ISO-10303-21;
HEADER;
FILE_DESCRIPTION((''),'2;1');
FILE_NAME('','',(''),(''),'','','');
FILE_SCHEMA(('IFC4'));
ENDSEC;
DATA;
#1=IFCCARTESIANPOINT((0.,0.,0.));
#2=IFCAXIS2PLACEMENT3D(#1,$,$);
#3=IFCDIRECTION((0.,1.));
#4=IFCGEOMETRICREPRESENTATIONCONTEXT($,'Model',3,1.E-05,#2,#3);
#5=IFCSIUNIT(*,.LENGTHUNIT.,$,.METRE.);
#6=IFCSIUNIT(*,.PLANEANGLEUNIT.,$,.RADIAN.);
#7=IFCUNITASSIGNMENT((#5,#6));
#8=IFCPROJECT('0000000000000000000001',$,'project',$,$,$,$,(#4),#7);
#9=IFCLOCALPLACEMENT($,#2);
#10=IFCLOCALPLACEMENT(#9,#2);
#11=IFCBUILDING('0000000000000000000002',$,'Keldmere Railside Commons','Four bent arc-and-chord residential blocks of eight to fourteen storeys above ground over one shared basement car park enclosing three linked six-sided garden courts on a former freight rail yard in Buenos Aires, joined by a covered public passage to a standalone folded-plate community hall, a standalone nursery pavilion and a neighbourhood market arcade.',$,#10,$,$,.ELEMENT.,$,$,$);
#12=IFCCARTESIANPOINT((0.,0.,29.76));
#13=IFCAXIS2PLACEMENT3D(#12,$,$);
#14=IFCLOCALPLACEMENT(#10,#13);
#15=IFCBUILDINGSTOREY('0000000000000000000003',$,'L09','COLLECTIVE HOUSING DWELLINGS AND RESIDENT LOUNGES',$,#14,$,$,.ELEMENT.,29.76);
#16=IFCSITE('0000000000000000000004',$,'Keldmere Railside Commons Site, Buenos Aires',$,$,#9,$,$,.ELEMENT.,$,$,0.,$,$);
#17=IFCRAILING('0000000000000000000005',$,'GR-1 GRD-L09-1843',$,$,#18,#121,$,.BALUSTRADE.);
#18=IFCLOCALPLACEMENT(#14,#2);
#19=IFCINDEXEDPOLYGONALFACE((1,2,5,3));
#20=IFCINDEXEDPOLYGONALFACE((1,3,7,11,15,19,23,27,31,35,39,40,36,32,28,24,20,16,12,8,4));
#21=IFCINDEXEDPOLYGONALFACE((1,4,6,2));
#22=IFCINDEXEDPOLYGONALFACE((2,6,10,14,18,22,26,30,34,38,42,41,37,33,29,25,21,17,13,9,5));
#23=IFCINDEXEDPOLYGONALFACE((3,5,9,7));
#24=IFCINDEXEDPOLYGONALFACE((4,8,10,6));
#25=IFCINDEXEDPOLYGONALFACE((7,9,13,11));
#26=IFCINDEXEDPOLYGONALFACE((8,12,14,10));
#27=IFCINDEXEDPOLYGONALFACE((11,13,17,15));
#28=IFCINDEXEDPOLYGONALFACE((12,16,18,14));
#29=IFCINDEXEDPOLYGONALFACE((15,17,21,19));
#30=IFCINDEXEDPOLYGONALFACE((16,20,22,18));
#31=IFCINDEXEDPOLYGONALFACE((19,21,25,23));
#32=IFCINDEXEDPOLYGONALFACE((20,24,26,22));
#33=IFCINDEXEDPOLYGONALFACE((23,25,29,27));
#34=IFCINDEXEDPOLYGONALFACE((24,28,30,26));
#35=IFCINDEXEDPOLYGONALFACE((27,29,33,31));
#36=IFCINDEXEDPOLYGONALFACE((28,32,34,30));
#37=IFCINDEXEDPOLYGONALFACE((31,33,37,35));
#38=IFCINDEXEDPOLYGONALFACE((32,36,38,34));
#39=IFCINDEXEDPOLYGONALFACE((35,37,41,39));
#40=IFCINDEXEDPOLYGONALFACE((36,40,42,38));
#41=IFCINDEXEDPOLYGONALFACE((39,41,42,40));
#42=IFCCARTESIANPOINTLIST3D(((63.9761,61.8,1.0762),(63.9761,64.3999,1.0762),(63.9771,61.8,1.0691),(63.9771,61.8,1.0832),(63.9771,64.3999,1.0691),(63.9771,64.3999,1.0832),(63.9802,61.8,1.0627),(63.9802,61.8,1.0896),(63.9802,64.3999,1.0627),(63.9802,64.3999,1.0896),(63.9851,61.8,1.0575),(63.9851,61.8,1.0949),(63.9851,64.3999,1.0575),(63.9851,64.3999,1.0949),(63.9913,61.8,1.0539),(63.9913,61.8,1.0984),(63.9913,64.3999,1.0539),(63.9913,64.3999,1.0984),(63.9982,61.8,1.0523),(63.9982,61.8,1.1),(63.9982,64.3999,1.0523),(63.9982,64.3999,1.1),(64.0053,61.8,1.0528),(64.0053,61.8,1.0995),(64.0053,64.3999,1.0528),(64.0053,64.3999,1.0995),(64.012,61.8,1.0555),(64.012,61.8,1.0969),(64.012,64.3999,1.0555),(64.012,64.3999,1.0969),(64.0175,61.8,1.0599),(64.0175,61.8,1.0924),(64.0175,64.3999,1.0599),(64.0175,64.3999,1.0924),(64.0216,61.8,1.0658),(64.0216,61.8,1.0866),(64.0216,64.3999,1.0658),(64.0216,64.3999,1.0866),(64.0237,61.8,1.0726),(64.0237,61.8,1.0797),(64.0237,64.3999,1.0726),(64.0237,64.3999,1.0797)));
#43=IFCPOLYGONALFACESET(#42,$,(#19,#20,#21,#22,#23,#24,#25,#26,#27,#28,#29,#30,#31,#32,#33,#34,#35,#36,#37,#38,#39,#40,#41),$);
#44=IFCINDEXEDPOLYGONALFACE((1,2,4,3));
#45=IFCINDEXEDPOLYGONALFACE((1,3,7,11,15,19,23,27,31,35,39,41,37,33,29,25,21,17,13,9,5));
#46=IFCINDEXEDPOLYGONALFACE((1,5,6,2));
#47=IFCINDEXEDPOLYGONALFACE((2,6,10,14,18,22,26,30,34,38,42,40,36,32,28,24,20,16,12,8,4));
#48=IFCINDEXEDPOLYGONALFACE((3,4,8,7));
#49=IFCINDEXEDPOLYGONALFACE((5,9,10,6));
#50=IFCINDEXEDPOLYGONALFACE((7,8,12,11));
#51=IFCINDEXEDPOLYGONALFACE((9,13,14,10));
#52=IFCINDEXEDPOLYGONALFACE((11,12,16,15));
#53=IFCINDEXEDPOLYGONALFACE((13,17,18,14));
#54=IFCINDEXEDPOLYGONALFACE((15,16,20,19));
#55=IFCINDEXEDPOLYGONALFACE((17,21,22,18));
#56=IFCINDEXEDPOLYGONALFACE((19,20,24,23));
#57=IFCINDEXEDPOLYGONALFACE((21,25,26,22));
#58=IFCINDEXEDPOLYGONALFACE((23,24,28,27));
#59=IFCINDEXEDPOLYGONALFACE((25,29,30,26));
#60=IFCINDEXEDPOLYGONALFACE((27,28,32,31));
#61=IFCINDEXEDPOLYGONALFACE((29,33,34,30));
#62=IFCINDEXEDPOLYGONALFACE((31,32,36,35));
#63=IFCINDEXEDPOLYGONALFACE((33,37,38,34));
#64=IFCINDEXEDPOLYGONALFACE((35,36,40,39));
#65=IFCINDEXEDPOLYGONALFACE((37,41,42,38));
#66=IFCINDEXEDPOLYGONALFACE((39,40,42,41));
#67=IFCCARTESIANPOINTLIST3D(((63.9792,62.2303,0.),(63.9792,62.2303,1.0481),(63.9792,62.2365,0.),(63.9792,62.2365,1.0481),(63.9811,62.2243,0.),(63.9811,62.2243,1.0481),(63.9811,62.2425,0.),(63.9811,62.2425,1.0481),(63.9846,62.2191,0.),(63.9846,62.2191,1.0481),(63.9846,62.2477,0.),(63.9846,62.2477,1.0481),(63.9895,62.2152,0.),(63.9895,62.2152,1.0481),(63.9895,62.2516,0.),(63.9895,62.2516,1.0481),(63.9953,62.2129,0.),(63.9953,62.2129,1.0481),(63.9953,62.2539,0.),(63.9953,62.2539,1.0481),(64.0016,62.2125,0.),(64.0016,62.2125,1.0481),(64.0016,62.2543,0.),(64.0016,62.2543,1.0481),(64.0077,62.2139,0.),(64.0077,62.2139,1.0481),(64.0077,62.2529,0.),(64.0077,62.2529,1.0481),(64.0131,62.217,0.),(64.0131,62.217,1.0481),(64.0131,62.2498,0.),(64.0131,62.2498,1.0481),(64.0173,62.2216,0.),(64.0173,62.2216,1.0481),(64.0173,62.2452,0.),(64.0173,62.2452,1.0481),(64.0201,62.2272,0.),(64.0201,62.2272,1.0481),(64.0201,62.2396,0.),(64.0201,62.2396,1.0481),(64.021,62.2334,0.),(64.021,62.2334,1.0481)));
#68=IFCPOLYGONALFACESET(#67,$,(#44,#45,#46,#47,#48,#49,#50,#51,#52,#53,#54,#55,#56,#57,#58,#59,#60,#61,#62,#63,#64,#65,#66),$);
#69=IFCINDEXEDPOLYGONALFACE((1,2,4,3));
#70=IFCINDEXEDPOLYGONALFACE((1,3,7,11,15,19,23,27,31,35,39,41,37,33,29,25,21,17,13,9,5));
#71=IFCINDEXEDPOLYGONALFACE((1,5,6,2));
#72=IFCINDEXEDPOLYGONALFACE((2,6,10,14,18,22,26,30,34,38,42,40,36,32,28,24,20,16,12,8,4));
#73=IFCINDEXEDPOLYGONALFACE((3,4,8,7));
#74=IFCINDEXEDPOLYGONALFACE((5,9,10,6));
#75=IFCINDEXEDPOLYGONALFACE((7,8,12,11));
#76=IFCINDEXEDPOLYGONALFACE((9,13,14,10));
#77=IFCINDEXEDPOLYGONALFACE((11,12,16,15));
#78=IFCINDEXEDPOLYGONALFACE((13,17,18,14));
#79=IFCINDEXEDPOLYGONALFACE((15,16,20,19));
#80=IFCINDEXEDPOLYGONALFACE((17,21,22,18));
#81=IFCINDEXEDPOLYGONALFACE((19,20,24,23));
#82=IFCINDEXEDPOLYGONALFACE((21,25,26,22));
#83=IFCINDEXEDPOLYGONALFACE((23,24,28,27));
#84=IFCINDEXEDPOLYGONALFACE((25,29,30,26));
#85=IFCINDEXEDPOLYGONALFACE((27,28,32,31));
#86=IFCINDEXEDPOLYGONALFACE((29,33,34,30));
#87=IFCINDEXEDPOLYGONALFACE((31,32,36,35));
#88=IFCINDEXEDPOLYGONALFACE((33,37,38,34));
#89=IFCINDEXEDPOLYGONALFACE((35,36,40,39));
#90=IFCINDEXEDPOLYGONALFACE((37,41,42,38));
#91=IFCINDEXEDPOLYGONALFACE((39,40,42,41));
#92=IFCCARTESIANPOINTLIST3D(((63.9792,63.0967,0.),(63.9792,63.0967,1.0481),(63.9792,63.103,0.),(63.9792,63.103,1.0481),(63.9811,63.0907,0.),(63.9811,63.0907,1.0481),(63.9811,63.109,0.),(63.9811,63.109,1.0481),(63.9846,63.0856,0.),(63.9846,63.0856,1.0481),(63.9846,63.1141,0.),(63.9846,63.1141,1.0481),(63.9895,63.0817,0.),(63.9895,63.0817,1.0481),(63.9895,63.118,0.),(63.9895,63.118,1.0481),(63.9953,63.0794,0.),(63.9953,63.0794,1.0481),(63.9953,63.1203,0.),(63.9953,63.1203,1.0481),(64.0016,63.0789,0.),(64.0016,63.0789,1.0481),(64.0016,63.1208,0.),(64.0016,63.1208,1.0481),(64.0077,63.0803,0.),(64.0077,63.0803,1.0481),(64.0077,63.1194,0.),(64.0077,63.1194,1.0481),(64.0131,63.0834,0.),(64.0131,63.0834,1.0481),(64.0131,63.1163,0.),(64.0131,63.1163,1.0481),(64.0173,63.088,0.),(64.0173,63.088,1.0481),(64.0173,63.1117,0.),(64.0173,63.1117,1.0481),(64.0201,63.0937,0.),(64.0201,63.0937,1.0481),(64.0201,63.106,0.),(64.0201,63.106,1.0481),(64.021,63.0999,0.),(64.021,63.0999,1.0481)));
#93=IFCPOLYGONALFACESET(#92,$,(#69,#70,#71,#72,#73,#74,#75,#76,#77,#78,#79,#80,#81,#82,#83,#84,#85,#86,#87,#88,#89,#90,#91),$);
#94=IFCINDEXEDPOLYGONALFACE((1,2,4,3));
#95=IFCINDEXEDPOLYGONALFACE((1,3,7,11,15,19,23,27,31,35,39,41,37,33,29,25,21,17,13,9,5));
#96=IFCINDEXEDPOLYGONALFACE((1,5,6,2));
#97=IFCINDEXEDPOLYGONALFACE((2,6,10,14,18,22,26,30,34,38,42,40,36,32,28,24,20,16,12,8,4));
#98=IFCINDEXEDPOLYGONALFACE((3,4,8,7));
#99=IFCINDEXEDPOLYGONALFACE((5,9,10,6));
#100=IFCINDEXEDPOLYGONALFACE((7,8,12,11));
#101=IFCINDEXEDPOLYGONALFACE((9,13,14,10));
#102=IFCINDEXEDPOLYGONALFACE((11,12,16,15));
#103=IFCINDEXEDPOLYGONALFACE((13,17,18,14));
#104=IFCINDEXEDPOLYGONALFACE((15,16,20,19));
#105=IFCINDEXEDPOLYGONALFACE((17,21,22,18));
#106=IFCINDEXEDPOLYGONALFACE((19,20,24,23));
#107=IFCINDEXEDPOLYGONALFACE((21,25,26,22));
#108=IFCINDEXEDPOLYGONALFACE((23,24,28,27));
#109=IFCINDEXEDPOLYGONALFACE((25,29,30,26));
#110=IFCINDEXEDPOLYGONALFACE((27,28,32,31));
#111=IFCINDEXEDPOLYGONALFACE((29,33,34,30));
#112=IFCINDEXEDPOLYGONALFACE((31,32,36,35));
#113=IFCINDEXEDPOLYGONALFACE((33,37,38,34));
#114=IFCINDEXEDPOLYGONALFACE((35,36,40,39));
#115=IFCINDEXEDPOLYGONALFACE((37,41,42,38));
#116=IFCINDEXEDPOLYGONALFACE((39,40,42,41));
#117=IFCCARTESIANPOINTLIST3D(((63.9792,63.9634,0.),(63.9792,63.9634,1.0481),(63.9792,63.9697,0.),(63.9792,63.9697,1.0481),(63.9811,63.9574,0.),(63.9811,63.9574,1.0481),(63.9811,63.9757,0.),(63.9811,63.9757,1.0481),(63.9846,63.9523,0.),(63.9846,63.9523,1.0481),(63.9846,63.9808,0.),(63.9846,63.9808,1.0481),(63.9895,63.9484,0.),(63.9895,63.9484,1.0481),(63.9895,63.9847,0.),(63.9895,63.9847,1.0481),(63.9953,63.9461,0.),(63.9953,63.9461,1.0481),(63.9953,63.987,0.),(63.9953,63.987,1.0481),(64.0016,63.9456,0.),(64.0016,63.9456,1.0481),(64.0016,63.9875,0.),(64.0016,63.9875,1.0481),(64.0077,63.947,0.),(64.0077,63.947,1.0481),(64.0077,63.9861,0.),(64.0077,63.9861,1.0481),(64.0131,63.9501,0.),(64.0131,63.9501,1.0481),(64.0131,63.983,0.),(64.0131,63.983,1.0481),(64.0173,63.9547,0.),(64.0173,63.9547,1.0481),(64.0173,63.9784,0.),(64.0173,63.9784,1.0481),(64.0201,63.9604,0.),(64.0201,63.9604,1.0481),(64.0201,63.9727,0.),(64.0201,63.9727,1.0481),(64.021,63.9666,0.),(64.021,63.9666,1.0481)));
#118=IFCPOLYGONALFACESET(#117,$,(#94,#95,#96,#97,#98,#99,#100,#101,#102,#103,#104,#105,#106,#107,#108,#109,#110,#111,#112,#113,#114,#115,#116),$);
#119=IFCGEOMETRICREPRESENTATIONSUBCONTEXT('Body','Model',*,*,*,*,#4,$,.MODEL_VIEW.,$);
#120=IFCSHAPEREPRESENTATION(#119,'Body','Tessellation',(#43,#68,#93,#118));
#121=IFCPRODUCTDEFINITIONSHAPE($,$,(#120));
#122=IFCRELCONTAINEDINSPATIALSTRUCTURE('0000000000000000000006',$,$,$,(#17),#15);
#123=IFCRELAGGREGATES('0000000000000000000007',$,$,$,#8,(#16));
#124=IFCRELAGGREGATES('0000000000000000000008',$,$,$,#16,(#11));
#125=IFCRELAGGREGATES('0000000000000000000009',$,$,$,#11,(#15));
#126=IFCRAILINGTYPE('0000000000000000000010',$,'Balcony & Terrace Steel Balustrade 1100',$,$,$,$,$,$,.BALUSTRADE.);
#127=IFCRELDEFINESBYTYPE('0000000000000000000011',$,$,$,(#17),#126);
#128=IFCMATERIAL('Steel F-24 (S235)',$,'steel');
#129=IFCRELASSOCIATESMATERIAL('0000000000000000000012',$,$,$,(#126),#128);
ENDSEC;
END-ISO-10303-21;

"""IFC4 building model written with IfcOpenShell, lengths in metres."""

from ifc_helpers import new_model, si_unit, direction, frame, origin, origin_2d, place, context, subcontext, project, spatial, circle, extrude, material, type_object, element, save


model = new_model("IFC4")

# Units and contexts
model_context = context("Model", 3, precision=1e-05, world=origin(), true_north=direction((0.0, 1.0)))
body_context = subcontext(model_context, "Body", "Model", "MODEL_VIEW")
ifc_project = project(units=[si_unit("LENGTHUNIT", "METRE"), si_unit("PLANEANGLEUNIT", "RADIAN")], contexts=[model_context])

# Site, building, storey
site_placement = place(None, origin())
site = spatial("IfcSite", under=ifc_project, at=site_placement, Name="Keldmere Railside Commons Site, Buenos Aires", CompositionType="ELEMENT", RefElevation=0.0)
building_placement = place(site_placement, origin())
building = spatial("IfcBuilding", under=site, at=building_placement, Name="Keldmere Railside Commons", Description="Four bent arc-and-chord residential blocks of eight to fourteen storeys above ground over one shared basement car park enclosing three linked six-sided garden courts on a former freight rail yard in Buenos Aires, joined by a covered public passage to a standalone folded-plate community hall, a standalone nursery pavilion and a neighbourhood market arcade.", CompositionType="ELEMENT")
storey_placement = place(building_placement, frame((0.0, 0.0, 29.76)))
storey = spatial("IfcBuildingStorey", under=building, at=storey_placement, Name="L09", Description="COLLECTIVE HOUSING DWELLINGS AND RESIDENT LOUNGES", CompositionType="ELEMENT", Elevation=29.76)

# Shared definitions
ifc_material_1 = material(Name="Steel F-24 (S235)", Category="steel")

# Railing
railing_type_1 = type_object("IfcRailingType", Name="Balcony & Terrace Steel Balustrade 1100", PredefinedType="BALUSTRADE", material=ifc_material_1)
railing_1_placement = place(storey_placement, frame((64.0, 61.8, 0.0)))
element("IfcRailing", 1, at=railing_1_placement, inside=storey, type_object=railing_type_1, Name="GR-1 GRD-L09-1843", PredefinedType="BALUSTRADE", context=body_context, shape_type="SweptSolid", body=[
    extrude(circle(Radius=0.0239, at=origin_2d()), frame((0.0, 0.0, 1.0762), z_axis=(0.0, 1.0, 0.0), x_axis=(-1.0, 0.0, 0.0)), (0.0, 0.0, 1.0), 2.5999),
    extrude(circle(Radius=0.021, at=origin_2d()), frame((0.0, 0.4333, 0.0)), (0.0, 0.0, 1.0), 1.0481),
    extrude(circle(Radius=0.021, at=origin_2d()), frame((0.0, 1.2998, 0.0)), (0.0, 0.0, 1.0), 1.0481),
    extrude(circle(Radius=0.021, at=origin_2d()), frame((0.0, 2.1665, 0.0)), (0.0, 0.0, 1.0), 1.0481),
])

save(model, "model.ifc")
